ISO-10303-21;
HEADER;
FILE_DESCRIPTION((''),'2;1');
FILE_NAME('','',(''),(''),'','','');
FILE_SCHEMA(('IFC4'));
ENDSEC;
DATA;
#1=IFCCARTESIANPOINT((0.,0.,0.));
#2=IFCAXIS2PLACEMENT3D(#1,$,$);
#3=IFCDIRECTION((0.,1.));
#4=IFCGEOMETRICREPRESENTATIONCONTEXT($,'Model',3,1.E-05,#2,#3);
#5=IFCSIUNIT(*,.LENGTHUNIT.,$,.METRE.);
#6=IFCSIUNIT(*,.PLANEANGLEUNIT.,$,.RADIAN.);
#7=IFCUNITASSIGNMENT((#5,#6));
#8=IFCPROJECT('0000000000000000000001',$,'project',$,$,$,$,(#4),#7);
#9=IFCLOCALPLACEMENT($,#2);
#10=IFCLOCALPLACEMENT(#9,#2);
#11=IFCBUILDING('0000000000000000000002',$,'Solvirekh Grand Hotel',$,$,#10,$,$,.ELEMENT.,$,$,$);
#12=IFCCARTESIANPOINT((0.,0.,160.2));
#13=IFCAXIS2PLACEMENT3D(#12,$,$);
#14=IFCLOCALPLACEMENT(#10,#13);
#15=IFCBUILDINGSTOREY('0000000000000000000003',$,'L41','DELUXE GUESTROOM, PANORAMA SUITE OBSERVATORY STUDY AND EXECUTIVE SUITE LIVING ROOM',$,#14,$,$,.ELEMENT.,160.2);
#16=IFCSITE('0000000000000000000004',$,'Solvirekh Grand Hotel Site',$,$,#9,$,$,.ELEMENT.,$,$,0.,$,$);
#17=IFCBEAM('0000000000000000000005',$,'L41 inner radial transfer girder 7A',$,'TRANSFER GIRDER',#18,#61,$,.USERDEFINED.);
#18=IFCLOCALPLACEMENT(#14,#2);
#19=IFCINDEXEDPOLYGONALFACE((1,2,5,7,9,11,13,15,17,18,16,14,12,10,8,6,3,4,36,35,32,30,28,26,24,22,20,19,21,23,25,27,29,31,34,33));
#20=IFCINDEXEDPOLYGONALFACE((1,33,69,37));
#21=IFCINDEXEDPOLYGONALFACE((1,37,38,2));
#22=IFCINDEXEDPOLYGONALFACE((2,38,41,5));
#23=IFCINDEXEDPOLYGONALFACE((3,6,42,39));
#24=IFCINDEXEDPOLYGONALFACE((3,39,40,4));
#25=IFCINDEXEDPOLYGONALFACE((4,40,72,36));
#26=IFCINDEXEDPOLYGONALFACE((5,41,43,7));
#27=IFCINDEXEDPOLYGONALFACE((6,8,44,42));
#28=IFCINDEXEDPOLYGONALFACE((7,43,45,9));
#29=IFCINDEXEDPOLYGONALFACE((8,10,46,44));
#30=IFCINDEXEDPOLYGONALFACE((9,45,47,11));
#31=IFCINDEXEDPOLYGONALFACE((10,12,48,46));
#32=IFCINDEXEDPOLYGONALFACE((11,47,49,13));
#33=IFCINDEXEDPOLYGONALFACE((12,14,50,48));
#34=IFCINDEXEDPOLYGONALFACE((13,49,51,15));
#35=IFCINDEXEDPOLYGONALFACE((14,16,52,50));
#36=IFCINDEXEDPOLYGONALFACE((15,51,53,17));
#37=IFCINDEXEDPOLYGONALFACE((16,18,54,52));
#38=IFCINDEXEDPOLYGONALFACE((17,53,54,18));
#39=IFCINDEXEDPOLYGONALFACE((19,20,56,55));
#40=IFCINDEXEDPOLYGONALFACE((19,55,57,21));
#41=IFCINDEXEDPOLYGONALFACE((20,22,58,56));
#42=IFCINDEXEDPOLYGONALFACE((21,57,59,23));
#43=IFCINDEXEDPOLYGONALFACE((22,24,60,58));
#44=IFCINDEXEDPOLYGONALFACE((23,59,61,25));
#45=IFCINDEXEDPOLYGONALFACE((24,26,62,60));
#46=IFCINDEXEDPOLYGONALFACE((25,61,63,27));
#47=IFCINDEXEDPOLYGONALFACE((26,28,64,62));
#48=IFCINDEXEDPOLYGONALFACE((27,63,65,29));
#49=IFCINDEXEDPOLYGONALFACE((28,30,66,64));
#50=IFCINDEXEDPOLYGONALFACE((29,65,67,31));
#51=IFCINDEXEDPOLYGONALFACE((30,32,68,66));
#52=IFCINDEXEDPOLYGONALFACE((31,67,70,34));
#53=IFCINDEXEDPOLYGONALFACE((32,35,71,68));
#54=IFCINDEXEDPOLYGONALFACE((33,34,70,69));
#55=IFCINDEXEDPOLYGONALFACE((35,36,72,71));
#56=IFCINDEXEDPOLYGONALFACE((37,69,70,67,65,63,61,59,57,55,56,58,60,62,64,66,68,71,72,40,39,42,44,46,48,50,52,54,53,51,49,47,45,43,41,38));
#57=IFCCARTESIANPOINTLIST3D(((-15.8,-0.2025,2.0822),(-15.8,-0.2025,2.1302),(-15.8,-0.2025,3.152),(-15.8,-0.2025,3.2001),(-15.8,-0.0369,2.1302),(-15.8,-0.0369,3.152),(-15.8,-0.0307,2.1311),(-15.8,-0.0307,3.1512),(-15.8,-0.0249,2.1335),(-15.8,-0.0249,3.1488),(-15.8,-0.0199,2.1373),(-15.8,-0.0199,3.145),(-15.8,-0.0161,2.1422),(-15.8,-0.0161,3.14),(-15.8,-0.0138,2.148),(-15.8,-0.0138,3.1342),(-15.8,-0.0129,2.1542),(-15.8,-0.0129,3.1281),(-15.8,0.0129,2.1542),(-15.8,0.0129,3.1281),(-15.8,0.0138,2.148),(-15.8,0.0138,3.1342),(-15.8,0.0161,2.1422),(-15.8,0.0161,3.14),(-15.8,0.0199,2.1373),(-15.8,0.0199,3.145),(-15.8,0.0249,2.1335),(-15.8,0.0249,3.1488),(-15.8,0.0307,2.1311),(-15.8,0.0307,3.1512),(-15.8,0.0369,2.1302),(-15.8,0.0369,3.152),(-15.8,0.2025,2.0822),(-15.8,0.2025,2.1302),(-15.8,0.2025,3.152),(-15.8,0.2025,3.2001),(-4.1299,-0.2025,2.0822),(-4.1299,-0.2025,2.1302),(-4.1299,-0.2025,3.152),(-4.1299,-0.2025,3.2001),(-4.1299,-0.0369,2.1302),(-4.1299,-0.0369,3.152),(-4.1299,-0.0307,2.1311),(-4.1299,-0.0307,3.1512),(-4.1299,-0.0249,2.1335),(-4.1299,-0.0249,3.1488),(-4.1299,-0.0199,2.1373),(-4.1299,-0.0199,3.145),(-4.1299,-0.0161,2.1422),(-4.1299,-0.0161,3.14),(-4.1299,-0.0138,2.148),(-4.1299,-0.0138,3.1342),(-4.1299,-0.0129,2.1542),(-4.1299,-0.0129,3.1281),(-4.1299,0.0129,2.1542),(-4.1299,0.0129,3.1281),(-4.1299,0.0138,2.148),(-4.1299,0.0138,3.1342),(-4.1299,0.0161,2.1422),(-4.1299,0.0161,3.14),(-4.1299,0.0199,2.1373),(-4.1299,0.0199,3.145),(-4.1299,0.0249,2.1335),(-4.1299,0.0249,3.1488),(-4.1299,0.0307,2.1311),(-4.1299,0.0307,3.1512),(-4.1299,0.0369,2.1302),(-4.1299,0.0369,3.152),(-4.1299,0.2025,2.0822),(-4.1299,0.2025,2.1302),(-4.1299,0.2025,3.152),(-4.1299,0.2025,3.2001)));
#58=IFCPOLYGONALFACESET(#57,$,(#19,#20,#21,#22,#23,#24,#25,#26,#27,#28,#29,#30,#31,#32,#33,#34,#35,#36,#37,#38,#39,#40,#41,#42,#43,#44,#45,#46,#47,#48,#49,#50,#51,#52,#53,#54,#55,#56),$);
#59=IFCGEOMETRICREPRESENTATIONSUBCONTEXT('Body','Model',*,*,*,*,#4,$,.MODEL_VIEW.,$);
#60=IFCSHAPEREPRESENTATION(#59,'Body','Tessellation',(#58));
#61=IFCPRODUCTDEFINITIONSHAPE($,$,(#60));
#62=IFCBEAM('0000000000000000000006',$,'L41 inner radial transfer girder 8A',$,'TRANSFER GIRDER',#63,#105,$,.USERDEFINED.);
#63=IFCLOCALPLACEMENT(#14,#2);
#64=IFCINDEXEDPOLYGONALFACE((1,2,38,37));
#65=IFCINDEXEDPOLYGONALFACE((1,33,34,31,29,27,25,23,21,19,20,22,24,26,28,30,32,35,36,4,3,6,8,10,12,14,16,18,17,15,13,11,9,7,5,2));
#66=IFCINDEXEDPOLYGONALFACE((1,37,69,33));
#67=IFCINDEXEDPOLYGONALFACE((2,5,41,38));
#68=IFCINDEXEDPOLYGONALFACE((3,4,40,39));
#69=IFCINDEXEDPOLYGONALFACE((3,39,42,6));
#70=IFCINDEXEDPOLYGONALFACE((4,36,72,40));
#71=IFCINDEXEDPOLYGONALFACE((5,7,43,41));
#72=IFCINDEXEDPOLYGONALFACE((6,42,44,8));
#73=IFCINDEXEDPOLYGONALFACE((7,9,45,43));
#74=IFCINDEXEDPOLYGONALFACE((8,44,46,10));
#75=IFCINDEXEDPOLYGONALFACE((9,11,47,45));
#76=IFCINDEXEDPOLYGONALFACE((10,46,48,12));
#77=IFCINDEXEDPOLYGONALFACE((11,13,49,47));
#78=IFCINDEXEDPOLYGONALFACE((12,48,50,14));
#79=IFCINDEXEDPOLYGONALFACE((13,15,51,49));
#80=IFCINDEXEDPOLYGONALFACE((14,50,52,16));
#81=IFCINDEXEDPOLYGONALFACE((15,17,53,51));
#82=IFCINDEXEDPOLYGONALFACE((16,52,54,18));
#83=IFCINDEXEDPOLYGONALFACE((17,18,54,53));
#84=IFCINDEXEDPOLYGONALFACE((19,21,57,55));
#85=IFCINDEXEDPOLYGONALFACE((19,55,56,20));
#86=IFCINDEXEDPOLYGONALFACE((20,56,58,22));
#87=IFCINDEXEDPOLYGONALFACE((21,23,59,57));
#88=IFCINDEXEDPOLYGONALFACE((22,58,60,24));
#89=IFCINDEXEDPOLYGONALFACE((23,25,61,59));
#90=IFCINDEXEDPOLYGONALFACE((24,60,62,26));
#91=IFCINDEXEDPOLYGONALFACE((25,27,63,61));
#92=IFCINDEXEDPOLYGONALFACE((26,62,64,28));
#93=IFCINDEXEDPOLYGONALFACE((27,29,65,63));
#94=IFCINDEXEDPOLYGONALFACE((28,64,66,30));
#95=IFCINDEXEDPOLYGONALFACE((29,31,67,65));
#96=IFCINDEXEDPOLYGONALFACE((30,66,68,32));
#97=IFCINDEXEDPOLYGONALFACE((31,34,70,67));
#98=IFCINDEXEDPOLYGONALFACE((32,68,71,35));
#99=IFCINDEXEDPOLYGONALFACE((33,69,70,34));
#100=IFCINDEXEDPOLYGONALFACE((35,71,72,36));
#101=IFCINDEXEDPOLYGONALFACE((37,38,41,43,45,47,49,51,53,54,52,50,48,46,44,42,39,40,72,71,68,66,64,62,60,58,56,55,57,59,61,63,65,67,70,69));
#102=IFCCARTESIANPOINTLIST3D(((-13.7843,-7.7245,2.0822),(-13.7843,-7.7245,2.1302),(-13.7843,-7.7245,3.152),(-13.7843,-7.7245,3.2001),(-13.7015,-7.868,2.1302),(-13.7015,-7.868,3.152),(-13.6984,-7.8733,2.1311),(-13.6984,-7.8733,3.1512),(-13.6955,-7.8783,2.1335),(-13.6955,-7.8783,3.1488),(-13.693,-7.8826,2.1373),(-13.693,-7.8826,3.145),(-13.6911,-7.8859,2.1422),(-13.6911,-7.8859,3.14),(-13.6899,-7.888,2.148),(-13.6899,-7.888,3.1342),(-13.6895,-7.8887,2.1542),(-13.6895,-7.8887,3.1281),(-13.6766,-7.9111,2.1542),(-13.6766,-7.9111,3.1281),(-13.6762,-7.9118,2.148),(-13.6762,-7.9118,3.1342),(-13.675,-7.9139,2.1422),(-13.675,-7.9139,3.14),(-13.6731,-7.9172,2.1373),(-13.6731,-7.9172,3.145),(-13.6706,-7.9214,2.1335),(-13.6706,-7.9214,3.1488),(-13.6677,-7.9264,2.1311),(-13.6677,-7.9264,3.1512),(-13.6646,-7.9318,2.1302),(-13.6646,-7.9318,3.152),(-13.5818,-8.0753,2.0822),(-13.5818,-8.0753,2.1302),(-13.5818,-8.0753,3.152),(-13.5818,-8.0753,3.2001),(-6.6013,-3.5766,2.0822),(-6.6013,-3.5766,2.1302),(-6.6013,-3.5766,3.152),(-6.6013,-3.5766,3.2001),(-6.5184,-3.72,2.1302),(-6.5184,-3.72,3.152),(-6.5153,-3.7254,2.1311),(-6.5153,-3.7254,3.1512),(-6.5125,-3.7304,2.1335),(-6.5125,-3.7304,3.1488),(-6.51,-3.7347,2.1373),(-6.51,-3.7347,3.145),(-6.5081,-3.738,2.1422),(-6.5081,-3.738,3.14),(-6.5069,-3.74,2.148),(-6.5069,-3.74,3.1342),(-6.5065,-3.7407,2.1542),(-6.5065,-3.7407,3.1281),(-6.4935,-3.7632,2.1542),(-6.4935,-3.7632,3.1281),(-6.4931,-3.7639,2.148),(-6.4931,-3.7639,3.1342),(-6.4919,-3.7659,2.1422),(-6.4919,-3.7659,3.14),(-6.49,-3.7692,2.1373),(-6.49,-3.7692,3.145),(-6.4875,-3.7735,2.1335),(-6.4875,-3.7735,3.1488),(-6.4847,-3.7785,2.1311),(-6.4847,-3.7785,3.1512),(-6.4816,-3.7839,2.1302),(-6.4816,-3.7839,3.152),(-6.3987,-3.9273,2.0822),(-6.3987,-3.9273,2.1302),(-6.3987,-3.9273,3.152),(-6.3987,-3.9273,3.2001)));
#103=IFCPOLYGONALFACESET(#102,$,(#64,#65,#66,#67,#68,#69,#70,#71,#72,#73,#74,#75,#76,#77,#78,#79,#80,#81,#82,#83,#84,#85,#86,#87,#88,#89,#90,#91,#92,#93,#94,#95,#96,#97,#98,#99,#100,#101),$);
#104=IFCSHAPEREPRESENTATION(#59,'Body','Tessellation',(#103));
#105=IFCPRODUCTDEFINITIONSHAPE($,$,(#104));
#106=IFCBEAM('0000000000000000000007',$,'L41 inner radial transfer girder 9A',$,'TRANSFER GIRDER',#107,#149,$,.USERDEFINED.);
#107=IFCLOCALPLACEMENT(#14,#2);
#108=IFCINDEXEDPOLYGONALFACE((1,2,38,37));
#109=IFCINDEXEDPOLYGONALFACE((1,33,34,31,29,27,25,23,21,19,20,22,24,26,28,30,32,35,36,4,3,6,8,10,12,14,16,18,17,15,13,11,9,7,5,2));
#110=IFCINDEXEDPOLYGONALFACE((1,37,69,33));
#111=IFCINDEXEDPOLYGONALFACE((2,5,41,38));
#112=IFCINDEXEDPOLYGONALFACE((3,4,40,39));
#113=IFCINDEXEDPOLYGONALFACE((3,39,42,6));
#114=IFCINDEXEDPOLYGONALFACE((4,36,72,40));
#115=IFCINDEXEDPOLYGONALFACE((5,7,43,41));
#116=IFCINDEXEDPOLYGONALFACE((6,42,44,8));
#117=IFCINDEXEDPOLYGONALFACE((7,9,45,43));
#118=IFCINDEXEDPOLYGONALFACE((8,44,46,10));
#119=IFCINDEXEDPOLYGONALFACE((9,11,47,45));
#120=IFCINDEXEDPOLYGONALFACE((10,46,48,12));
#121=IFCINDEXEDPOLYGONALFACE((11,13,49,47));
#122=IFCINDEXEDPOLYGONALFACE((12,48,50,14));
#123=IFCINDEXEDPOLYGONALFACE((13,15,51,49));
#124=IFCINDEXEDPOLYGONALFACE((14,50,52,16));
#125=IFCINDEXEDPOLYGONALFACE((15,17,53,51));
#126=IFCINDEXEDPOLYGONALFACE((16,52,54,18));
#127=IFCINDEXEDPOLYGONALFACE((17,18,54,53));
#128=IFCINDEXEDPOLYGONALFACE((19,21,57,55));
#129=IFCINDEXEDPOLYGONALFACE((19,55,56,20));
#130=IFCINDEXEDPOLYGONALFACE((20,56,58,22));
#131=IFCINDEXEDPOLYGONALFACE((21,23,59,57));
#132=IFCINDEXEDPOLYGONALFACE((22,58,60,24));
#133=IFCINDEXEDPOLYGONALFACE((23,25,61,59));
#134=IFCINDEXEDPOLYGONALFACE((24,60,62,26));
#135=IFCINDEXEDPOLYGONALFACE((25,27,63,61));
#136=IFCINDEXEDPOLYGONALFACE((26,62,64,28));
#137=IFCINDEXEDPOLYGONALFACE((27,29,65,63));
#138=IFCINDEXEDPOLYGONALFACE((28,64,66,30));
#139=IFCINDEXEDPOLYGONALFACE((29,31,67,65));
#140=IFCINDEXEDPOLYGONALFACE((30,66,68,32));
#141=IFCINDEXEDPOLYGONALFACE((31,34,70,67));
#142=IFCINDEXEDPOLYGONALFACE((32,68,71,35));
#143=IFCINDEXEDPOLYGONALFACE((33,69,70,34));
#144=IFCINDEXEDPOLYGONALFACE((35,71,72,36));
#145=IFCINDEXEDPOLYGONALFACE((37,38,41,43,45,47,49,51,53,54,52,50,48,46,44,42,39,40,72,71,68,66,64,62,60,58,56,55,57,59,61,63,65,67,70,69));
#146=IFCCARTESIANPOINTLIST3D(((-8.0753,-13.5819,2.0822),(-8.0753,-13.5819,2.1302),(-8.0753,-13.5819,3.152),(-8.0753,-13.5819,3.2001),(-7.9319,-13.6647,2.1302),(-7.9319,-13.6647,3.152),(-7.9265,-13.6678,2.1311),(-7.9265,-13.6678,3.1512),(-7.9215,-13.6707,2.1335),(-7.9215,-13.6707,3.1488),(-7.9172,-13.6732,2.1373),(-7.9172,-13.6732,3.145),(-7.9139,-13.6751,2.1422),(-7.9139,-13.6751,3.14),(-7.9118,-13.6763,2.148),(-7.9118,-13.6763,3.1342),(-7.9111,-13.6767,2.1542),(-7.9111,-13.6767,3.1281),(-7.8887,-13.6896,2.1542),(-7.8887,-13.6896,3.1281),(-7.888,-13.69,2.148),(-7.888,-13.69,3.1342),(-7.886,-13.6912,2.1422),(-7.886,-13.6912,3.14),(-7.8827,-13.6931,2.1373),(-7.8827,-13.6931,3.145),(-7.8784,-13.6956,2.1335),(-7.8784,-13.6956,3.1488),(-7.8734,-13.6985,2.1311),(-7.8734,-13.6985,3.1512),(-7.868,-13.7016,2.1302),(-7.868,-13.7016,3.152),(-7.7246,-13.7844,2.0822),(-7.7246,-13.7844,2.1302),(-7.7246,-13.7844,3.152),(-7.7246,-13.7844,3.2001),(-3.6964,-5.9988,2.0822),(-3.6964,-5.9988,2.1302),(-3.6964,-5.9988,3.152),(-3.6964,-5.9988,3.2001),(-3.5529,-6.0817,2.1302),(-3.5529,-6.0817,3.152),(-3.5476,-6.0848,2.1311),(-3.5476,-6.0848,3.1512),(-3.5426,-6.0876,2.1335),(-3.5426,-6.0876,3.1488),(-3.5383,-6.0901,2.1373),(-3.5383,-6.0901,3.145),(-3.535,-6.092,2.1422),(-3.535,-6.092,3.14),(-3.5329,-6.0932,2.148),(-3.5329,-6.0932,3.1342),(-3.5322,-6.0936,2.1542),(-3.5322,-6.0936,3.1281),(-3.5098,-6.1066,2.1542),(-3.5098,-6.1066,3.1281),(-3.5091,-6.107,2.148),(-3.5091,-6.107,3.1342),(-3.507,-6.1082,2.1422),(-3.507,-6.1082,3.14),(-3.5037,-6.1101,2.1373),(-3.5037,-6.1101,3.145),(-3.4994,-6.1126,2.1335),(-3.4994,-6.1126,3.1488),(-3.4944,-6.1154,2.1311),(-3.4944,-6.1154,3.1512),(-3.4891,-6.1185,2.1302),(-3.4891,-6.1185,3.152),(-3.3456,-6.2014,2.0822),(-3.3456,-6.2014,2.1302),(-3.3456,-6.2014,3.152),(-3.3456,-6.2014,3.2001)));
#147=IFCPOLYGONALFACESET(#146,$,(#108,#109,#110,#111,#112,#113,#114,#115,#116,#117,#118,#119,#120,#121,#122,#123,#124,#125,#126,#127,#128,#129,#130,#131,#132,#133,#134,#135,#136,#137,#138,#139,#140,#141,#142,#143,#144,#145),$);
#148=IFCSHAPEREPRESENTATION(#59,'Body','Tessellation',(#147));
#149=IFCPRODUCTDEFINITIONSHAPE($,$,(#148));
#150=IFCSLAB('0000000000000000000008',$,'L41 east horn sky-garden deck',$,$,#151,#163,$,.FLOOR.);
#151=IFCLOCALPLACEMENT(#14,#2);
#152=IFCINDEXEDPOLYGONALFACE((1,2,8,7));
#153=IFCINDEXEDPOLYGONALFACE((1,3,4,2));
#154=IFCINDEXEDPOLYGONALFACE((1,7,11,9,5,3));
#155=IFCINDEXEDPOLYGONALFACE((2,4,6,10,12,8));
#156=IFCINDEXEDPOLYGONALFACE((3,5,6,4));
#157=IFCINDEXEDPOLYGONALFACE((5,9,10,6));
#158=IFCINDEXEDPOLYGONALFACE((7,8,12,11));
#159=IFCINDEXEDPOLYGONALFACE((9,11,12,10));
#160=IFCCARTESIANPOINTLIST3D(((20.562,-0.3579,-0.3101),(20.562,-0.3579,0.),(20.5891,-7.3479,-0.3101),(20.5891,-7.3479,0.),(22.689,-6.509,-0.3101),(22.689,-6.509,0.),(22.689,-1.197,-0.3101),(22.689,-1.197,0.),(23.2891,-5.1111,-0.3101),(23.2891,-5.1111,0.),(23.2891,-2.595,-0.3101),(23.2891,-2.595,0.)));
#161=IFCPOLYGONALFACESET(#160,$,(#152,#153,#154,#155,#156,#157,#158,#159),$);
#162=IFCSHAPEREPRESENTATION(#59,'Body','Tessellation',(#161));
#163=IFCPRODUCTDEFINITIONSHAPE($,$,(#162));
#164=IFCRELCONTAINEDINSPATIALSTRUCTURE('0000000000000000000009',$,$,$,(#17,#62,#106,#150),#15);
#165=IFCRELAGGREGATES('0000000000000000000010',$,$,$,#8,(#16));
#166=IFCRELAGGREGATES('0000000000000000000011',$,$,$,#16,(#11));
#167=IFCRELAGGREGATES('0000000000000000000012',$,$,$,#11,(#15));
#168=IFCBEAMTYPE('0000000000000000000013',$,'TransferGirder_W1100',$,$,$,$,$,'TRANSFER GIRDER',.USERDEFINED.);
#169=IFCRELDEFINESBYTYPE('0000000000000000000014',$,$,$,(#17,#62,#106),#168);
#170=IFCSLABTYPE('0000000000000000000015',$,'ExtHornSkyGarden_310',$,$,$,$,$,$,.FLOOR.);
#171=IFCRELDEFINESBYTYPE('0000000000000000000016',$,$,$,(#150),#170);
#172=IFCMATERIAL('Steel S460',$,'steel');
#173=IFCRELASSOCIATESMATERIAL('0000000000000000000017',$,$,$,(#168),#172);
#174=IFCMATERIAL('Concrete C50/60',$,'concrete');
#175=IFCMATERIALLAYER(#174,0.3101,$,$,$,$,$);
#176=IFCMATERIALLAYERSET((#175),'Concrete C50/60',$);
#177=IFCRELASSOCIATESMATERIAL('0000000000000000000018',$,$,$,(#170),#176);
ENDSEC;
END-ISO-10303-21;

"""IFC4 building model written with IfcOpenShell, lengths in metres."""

from ifc_helpers import new_model, si_unit, direction, frame, origin, origin_2d, place, context, subcontext, project, spatial, polyline, i_section, outline, extrude, material, layer, layer_set, material_profile, profile_set, type_object, element, save


model = new_model("IFC4")

# Units and contexts
model_context = context("Model", 3, precision=1e-05, world=origin(), true_north=direction((0.0, 1.0)))
body_context = subcontext(model_context, "Body", "Model", "MODEL_VIEW")
ifc_project = project(units=[si_unit("LENGTHUNIT", "METRE"), si_unit("PLANEANGLEUNIT", "RADIAN")], contexts=[model_context])

# Site, building, storey
site_placement = place(None, origin())
site = spatial("IfcSite", under=ifc_project, at=site_placement, Name="Solvirekh Grand Hotel Site", CompositionType="ELEMENT", RefElevation=0.0)
building_placement = place(site_placement, origin())
building = spatial("IfcBuilding", under=site, at=building_placement, Name="Solvirekh Grand Hotel", CompositionType="ELEMENT")
storey_placement = place(building_placement, frame((0.0, 0.0, 160.2)))
storey = spatial("IfcBuildingStorey", under=building, at=storey_placement, Name="L41", Description="DELUXE GUESTROOM, PANORAMA SUITE OBSERVATORY STUDY AND EXECUTIVE SUITE LIVING ROOM", CompositionType="ELEMENT", Elevation=160.2)

# Beams
ifc_material_1 = material(Name="Steel S460", Category="steel")
ifc_material_profile = material_profile(ifc_material_1, i_section(OverallWidth=0.405, OverallDepth=1.1179, WebThickness=0.0259, FlangeThickness=0.0481, FilletRadius=0.0239, at=origin_2d()), Name="W1100X499")
ifc_profile_set = profile_set([ifc_material_profile], Name="Steel S460")
beam_type = type_object("IfcBeamType", Name="TransferGirder_W1100", ElementType="TRANSFER GIRDER", PredefinedType="USERDEFINED", material=ifc_profile_set)
beam_1_placement = place(storey_placement, frame((-4.1299, 0.0, 2.6411), z_axis=(-1.0, 0.0, 0.0), x_axis=(0.0, -1.0, 0.0)))
element("IfcBeam", 1, at=beam_1_placement, inside=storey, type_object=beam_type, Name="L41 inner radial transfer girder 7A", ObjectType="TRANSFER GIRDER", PredefinedType="USERDEFINED", context=body_context, shape_type="SweptSolid", body=[
    extrude(i_section(OverallWidth=0.405, OverallDepth=1.1179, WebThickness=0.0259, FlangeThickness=0.0481, FilletRadius=0.0239, at=origin_2d()), origin(), (0.0, 0.0, 1.0), 11.6702),
])
beam_2_placement = place(storey_placement, frame((-6.5, -3.752, 2.6411), z_axis=(-0.865985, -0.500071, 0.0), x_axis=(0.500071, -0.865985, 0.0)))
element("IfcBeam", 2, at=beam_2_placement, inside=storey, type_object=beam_type, Name="L41 inner radial transfer girder 8A", ObjectType="TRANSFER GIRDER", PredefinedType="USERDEFINED", context=body_context, shape_type="SweptSolid", body=[
    extrude(i_section(OverallWidth=0.405, OverallDepth=1.1179, WebThickness=0.0259, FlangeThickness=0.0481, FilletRadius=0.0239, at=origin_2d()), origin(), (0.0, 0.0, 1.0), 8.2947),
])
beam_3_placement = place(storey_placement, frame((-3.521, -6.1001, 2.6411), z_axis=(-0.500073, -0.865983, 0.0), x_axis=(0.865983, -0.500073, 0.0)))
element("IfcBeam", 3, at=beam_3_placement, inside=storey, type_object=beam_type, Name="L41 inner radial transfer girder 9A", ObjectType="TRANSFER GIRDER", PredefinedType="USERDEFINED", context=body_context, shape_type="SweptSolid", body=[
    extrude(i_section(OverallWidth=0.405, OverallDepth=1.1179, WebThickness=0.0259, FlangeThickness=0.0481, FilletRadius=0.0239, at=origin_2d()), origin(), (0.0, 0.0, 1.0), 8.7566),
])

# Slab
ifc_material_2 = material(Name="Concrete C50/60", Category="concrete")
ifc_layer_1 = layer(ifc_material_2, 0.3101)
ifc_layer_set_1 = layer_set([ifc_layer_1], Name="Concrete C50/60")
slab_type_1 = type_object("IfcSlabType", Name="ExtHornSkyGarden_310", PredefinedType="FLOOR", material=ifc_layer_set_1)
slab_1_placement = place(storey_placement, frame((0.0, 0.0, -0.3101)))
element("IfcSlab", 4, at=slab_1_placement, inside=storey, type_object=slab_type_1, Name="L41 east horn sky-garden deck", PredefinedType="FLOOR", context=body_context, shape_type="SweptSolid", body=[
    extrude(outline(polyline([(20.562, -0.3579), (20.5891, -7.3479), (22.689, -6.509), (23.2891, -5.1111), (23.2891, -2.595), (22.689, -1.197), (20.562, -0.3579)])), origin(), (0.0, 0.0, 1.0), 0.3101),
])

save(model, "model.ifc")
